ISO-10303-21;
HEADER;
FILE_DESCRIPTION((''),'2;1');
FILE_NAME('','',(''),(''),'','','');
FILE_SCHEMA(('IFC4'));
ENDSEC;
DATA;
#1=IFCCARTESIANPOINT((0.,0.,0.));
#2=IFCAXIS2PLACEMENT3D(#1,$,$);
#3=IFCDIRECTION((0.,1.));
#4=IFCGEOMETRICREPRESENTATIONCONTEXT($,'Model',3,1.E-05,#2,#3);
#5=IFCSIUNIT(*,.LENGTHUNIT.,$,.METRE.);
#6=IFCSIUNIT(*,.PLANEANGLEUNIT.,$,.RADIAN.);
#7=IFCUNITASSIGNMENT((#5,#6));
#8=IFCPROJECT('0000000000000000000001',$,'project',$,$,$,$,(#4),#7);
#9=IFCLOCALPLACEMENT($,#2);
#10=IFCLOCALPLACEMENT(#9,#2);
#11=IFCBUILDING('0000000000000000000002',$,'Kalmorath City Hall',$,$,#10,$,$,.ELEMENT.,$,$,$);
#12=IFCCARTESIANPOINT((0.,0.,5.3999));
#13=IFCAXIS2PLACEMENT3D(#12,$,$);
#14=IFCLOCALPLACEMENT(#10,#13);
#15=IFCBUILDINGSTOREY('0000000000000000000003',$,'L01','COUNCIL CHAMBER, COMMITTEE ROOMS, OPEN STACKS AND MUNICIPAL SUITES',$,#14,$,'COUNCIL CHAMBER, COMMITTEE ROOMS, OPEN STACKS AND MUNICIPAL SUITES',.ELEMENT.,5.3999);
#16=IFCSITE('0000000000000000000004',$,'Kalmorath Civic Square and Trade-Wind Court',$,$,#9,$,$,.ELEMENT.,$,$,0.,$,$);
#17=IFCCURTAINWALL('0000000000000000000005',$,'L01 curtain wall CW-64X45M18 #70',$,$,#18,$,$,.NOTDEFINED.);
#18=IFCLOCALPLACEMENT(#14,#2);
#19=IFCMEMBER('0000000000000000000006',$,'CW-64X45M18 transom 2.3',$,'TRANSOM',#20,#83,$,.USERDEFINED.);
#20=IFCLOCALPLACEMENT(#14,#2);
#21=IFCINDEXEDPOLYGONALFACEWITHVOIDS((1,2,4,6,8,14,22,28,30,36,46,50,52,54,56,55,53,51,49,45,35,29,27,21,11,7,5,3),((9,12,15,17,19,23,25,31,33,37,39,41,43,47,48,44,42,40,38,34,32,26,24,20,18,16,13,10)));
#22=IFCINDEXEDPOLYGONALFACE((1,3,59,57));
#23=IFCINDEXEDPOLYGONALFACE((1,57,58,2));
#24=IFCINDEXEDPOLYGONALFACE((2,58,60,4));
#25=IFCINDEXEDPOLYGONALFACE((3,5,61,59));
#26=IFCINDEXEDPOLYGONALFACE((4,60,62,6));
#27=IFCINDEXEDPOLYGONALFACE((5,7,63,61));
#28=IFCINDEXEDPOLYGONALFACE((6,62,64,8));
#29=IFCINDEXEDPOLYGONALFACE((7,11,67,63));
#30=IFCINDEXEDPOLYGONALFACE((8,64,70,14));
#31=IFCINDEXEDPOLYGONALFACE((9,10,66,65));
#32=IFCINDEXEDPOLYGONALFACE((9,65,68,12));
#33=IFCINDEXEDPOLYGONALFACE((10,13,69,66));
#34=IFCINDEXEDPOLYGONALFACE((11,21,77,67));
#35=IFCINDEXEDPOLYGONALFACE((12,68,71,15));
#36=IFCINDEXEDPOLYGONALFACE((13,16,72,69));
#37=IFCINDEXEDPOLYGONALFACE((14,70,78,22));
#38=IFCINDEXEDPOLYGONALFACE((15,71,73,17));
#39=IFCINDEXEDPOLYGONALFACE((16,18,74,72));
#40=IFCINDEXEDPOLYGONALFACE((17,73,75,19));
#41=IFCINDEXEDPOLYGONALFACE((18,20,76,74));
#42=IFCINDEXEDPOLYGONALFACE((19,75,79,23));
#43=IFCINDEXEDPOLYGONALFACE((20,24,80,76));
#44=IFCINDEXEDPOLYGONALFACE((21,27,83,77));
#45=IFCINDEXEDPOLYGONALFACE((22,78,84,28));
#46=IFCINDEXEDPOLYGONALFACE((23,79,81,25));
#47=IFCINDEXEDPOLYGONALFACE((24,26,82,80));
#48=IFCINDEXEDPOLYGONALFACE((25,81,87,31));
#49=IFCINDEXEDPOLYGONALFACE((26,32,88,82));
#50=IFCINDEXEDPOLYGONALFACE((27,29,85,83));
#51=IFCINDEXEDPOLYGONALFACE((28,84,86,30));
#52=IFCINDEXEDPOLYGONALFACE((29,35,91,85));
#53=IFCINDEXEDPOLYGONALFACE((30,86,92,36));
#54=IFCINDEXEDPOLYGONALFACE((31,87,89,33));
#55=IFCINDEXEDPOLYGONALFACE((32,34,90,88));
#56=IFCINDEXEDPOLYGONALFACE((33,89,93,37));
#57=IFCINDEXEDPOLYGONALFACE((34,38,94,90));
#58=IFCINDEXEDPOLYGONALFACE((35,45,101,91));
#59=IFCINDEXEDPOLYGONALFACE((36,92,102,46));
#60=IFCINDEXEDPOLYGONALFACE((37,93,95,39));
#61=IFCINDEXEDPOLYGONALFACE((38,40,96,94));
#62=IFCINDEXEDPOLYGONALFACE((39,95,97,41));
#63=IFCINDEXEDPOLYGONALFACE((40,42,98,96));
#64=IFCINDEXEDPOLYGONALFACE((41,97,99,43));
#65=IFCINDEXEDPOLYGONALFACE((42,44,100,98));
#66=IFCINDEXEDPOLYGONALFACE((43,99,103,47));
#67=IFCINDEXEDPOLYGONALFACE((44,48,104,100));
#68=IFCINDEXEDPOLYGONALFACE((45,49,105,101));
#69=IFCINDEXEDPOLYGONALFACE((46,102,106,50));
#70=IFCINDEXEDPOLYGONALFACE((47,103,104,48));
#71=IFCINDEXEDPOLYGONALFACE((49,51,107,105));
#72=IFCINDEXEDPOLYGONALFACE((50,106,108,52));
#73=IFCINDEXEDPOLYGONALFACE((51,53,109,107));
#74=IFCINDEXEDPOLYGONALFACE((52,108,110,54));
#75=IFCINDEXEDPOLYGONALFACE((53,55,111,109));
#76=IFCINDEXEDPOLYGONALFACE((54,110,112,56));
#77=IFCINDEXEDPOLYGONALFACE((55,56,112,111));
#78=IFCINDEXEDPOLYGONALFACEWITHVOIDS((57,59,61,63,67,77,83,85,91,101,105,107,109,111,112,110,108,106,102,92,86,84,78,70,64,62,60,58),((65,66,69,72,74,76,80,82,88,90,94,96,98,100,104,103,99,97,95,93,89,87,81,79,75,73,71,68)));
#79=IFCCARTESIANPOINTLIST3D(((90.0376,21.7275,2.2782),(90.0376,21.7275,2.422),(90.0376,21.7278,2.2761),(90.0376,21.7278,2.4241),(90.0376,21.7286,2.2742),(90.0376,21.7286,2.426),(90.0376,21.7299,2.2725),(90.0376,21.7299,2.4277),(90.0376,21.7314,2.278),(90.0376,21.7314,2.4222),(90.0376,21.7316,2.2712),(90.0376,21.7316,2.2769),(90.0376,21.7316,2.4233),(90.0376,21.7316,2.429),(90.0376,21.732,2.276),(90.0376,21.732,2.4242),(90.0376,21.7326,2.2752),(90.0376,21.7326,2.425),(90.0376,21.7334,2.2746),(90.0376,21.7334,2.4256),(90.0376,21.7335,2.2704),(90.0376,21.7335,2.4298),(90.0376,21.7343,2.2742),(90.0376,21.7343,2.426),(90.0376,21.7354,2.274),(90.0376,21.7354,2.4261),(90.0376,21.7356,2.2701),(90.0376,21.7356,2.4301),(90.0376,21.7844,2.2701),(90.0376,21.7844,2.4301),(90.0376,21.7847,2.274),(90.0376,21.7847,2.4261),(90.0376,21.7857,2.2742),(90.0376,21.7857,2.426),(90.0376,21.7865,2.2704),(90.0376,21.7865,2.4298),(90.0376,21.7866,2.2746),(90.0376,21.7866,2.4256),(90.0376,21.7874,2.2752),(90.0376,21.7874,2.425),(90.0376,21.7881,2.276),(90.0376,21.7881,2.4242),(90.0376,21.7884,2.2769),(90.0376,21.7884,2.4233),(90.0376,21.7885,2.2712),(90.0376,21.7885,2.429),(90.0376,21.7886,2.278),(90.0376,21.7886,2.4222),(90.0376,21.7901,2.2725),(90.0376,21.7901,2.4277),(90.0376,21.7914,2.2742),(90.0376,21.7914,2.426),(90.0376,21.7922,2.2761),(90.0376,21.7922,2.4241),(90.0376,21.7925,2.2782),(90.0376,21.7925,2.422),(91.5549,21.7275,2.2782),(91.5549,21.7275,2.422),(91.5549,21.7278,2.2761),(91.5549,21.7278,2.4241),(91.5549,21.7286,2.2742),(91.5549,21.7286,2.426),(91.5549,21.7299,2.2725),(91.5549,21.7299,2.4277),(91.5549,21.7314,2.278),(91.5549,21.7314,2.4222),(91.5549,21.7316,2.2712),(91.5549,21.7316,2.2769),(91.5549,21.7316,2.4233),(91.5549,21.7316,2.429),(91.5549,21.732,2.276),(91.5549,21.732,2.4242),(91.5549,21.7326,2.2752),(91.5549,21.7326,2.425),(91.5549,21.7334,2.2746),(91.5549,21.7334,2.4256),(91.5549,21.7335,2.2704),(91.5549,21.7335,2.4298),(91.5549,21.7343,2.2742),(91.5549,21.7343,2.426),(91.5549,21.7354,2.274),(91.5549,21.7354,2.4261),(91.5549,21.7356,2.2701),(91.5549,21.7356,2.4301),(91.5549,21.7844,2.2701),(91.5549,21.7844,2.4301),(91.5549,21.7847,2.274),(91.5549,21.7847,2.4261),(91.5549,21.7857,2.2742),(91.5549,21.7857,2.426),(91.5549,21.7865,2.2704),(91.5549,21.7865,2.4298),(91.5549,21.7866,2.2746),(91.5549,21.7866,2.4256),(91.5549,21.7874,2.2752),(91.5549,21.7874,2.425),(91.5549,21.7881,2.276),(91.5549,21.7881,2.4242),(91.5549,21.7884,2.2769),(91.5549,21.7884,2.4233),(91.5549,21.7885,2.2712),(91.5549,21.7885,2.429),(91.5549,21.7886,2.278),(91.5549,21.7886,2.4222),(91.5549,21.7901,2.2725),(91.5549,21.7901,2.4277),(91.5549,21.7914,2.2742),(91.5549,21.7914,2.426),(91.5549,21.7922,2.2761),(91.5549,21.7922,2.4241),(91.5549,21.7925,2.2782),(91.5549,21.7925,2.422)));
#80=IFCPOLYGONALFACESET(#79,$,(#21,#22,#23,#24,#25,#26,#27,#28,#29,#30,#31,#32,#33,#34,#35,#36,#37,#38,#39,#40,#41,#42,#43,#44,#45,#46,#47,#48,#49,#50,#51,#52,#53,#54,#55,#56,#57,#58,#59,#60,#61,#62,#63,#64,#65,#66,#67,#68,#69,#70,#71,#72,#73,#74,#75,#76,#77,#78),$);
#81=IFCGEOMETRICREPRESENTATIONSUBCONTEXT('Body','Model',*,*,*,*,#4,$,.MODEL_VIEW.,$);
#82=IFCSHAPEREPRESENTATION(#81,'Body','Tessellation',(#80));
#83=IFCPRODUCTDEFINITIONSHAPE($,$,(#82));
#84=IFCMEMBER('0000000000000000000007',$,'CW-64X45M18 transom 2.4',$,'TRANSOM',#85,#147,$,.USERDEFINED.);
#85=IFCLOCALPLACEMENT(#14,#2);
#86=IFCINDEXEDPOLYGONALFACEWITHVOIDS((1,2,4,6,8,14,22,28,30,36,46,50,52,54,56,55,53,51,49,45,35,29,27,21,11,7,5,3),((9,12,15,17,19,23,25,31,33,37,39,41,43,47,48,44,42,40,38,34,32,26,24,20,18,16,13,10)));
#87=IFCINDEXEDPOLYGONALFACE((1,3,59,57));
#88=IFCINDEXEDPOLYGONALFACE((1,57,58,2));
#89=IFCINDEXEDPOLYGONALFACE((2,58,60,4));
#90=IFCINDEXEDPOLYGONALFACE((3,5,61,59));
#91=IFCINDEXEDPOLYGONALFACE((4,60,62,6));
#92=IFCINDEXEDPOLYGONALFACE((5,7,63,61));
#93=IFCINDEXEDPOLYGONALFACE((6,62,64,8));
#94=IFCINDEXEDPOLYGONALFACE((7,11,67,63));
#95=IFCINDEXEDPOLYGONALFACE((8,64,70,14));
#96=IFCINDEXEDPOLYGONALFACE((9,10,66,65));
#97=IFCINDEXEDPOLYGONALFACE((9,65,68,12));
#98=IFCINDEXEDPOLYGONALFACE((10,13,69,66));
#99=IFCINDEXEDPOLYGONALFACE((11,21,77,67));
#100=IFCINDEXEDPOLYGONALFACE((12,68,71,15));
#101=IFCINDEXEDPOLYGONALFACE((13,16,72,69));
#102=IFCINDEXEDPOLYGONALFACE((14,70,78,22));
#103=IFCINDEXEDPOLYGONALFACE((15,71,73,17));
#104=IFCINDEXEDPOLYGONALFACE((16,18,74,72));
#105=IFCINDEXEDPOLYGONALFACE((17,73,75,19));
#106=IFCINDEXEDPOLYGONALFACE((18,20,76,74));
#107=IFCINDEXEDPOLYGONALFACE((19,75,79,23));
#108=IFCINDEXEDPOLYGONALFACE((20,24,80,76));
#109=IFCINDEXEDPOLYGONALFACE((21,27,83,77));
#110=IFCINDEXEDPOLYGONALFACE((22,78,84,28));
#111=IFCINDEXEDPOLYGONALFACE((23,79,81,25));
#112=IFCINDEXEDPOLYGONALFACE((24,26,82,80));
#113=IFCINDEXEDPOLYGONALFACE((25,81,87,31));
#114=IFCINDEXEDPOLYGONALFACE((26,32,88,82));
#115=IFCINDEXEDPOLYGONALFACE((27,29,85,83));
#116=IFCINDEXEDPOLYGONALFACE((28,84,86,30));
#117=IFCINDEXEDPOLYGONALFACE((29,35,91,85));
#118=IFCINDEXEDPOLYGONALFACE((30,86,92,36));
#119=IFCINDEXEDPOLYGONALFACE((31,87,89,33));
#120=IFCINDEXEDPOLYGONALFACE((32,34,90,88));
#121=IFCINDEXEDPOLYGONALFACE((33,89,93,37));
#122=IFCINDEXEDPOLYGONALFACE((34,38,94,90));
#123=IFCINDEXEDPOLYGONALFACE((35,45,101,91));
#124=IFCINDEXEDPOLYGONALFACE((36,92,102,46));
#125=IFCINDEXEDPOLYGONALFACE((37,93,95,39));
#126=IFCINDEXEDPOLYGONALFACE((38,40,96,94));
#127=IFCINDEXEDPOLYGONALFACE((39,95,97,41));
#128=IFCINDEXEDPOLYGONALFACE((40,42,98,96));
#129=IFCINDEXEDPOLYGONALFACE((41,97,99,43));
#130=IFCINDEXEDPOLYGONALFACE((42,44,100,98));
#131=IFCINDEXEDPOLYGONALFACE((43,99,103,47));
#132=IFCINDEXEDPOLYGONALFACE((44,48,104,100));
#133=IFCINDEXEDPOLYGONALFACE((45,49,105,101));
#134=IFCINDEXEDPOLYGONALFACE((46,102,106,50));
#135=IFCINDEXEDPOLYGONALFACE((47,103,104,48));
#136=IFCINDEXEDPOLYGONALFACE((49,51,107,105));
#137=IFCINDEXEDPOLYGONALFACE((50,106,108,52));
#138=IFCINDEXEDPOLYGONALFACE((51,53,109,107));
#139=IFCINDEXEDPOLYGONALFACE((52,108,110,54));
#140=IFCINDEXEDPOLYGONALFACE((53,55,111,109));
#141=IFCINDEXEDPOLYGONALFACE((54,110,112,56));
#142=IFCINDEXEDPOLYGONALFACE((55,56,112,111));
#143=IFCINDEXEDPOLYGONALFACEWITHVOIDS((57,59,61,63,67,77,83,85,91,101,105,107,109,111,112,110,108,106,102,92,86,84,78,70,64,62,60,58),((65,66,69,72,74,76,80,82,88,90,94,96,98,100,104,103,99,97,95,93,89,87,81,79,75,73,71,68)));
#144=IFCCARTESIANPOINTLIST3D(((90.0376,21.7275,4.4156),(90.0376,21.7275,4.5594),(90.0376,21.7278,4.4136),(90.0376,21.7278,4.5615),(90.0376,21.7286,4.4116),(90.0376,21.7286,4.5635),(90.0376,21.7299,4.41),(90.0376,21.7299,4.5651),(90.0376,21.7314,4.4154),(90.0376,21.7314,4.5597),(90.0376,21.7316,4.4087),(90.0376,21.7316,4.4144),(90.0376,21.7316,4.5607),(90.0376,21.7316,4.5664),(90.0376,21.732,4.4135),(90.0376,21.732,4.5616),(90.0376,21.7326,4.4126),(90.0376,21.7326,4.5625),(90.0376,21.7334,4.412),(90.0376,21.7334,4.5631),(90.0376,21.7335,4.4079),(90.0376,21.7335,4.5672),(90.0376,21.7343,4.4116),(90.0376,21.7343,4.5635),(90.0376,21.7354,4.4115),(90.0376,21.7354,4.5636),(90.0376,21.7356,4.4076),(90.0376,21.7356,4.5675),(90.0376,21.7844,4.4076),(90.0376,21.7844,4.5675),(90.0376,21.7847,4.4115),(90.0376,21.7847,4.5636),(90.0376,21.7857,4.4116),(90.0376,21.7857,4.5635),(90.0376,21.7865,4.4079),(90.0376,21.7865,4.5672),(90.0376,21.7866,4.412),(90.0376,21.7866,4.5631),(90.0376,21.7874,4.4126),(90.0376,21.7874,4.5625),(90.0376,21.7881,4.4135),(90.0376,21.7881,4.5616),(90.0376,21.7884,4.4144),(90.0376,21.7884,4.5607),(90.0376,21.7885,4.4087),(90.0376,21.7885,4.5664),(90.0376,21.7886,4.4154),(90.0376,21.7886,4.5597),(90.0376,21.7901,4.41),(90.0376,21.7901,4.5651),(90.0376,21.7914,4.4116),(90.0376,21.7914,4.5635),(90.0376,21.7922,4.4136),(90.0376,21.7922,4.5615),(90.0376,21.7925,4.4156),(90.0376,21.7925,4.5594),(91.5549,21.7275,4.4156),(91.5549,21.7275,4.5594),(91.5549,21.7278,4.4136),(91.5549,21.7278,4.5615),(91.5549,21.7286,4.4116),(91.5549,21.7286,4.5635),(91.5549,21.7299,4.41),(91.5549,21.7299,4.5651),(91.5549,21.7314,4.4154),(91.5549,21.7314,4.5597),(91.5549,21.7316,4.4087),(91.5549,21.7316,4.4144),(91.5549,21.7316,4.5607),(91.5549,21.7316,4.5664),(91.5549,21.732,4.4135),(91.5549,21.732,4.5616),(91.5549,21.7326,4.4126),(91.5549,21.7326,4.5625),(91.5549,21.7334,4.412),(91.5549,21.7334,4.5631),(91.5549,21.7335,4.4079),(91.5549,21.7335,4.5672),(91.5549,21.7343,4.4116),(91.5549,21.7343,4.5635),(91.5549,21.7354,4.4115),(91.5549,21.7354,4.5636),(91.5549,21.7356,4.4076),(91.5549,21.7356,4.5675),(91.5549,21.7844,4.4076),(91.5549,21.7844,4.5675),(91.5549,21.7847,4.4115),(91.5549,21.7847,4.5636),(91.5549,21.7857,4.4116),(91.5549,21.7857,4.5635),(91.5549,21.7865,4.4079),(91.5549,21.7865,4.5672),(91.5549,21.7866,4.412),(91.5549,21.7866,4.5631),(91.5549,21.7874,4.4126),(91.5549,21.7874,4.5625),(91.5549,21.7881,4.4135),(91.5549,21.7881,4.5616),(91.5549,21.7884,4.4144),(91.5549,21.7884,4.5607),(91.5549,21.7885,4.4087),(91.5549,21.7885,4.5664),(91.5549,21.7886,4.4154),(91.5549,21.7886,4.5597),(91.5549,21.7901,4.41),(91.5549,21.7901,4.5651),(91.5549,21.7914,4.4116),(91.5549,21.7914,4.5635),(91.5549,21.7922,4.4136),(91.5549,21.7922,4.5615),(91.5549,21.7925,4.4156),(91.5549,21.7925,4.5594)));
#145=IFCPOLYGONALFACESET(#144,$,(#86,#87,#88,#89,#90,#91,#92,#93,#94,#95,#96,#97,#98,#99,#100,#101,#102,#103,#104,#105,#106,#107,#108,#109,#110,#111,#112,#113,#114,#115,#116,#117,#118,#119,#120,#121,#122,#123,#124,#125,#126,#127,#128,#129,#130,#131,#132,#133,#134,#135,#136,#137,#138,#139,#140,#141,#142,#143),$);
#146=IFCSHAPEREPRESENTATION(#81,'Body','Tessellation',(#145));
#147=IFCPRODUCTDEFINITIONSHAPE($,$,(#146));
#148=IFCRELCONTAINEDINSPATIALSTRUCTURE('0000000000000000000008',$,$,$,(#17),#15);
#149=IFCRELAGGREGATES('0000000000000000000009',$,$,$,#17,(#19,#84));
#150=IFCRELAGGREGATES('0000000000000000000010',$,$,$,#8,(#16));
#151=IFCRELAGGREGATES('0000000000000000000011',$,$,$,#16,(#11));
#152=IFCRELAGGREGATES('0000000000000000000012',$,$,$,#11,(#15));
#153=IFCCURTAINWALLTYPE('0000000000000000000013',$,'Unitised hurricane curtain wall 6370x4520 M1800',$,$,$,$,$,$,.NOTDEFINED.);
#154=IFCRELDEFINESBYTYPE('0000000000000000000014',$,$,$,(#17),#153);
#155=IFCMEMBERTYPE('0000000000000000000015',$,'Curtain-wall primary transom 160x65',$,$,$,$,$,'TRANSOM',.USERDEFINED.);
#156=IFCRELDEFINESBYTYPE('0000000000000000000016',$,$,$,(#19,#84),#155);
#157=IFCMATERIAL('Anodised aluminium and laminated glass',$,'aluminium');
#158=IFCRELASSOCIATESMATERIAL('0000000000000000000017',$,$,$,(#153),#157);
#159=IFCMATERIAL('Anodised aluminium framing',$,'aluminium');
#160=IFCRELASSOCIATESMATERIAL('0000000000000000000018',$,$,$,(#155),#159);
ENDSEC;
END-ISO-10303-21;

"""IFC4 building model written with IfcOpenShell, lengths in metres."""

from ifc_helpers import new_model, si_unit, direction, frame, origin, origin_2d, place, context, subcontext, project, spatial, hollow_rectangle, extrude, material, material_profile, profile_set, type_object, element, aggregate, save


model = new_model("IFC4")

# Units and contexts
model_context = context("Model", 3, precision=1e-05, world=origin(), true_north=direction((0.0, 1.0)))
body_context = subcontext(model_context, "Body", "Model", "MODEL_VIEW")
ifc_project = project(units=[si_unit("LENGTHUNIT", "METRE"), si_unit("PLANEANGLEUNIT", "RADIAN")], contexts=[model_context])

# Site, building, storey
site_placement = place(None, origin())
site = spatial("IfcSite", under=ifc_project, at=site_placement, Name="Kalmorath Civic Square and Trade-Wind Court", CompositionType="ELEMENT", RefElevation=0.0)
building_placement = place(site_placement, origin())
building = spatial("IfcBuilding", under=site, at=building_placement, Name="Kalmorath City Hall", CompositionType="ELEMENT")
storey_placement = place(building_placement, frame((0.0, 0.0, 5.3999)))
storey = spatial("IfcBuildingStorey", under=building, at=storey_placement, Name="L01", Description="COUNCIL CHAMBER, COMMITTEE ROOMS, OPEN STACKS AND MUNICIPAL SUITES", LongName="COUNCIL CHAMBER, COMMITTEE ROOMS, OPEN STACKS AND MUNICIPAL SUITES", CompositionType="ELEMENT", Elevation=5.3999)

# Curtain wall, members
ifc_material_1 = material(Name="Anodised aluminium and laminated glass", Category="aluminium")
curtain_wall_type = type_object("IfcCurtainWallType", Name="Unitised hurricane curtain wall 6370x4520 M1800", PredefinedType="NOTDEFINED", material=ifc_material_1)
curtain_wall_placement = place(storey_placement, origin())
curtain_wall = element("IfcCurtainWall", 1, at=curtain_wall_placement, inside=storey, type_object=curtain_wall_type, Name="L01 curtain wall CW-64X45M18 #70", PredefinedType="NOTDEFINED")
ifc_material_2 = material(Name="Anodised aluminium framing", Category="aluminium")
ifc_material_profile_1 = material_profile(ifc_material_2, hollow_rectangle(XDim=0.0649, YDim=0.1599, WallThickness=0.0039, InnerFilletRadius=0.0039, OuterFilletRadius=0.0081, at=origin_2d()), Name="ALU-TRN-160X65X4")
ifc_profile_set_1 = profile_set([ifc_material_profile_1], Name="Anodised aluminium framing")
member_type_1 = type_object("IfcMemberType", Name="Curtain-wall primary transom 160x65", ElementType="TRANSOM", PredefinedType="USERDEFINED", material=ifc_profile_set_1)
member_1_placement = place(storey_placement, frame((91.5549, 21.76, 2.3501), z_axis=(-1.0, 0.0, 0.0), x_axis=(0.0, -1.0, 0.0)))
member_1 = element("IfcMember", 2, at=member_1_placement, type_object=member_type_1, Name="CW-64X45M18 transom 2.3", ObjectType="TRANSOM", PredefinedType="USERDEFINED", context=body_context, shape_type="SweptSolid", body=[
    extrude(hollow_rectangle(XDim=0.0649, YDim=0.1599, WallThickness=0.0039, InnerFilletRadius=0.0039, OuterFilletRadius=0.0081, at=origin_2d()), origin(), (0.0, 0.0, 1.0), 1.5173),
])
member_2_placement = place(storey_placement, frame((91.5549, 21.76, 4.4875), z_axis=(-1.0, 0.0, 0.0), x_axis=(0.0, -1.0, 0.0)))
member_2 = element("IfcMember", 3, at=member_2_placement, type_object=member_type_1, Name="CW-64X45M18 transom 2.4", ObjectType="TRANSOM", PredefinedType="USERDEFINED", context=body_context, shape_type="SweptSolid", body=[
    extrude(hollow_rectangle(XDim=0.0649, YDim=0.1599, WallThickness=0.0039, InnerFilletRadius=0.0039, OuterFilletRadius=0.0081, at=origin_2d()), origin(), (0.0, 0.0, 1.0), 1.5173),
])

aggregate(curtain_wall, [member_1, member_2])

save(model, "model.ifc")
